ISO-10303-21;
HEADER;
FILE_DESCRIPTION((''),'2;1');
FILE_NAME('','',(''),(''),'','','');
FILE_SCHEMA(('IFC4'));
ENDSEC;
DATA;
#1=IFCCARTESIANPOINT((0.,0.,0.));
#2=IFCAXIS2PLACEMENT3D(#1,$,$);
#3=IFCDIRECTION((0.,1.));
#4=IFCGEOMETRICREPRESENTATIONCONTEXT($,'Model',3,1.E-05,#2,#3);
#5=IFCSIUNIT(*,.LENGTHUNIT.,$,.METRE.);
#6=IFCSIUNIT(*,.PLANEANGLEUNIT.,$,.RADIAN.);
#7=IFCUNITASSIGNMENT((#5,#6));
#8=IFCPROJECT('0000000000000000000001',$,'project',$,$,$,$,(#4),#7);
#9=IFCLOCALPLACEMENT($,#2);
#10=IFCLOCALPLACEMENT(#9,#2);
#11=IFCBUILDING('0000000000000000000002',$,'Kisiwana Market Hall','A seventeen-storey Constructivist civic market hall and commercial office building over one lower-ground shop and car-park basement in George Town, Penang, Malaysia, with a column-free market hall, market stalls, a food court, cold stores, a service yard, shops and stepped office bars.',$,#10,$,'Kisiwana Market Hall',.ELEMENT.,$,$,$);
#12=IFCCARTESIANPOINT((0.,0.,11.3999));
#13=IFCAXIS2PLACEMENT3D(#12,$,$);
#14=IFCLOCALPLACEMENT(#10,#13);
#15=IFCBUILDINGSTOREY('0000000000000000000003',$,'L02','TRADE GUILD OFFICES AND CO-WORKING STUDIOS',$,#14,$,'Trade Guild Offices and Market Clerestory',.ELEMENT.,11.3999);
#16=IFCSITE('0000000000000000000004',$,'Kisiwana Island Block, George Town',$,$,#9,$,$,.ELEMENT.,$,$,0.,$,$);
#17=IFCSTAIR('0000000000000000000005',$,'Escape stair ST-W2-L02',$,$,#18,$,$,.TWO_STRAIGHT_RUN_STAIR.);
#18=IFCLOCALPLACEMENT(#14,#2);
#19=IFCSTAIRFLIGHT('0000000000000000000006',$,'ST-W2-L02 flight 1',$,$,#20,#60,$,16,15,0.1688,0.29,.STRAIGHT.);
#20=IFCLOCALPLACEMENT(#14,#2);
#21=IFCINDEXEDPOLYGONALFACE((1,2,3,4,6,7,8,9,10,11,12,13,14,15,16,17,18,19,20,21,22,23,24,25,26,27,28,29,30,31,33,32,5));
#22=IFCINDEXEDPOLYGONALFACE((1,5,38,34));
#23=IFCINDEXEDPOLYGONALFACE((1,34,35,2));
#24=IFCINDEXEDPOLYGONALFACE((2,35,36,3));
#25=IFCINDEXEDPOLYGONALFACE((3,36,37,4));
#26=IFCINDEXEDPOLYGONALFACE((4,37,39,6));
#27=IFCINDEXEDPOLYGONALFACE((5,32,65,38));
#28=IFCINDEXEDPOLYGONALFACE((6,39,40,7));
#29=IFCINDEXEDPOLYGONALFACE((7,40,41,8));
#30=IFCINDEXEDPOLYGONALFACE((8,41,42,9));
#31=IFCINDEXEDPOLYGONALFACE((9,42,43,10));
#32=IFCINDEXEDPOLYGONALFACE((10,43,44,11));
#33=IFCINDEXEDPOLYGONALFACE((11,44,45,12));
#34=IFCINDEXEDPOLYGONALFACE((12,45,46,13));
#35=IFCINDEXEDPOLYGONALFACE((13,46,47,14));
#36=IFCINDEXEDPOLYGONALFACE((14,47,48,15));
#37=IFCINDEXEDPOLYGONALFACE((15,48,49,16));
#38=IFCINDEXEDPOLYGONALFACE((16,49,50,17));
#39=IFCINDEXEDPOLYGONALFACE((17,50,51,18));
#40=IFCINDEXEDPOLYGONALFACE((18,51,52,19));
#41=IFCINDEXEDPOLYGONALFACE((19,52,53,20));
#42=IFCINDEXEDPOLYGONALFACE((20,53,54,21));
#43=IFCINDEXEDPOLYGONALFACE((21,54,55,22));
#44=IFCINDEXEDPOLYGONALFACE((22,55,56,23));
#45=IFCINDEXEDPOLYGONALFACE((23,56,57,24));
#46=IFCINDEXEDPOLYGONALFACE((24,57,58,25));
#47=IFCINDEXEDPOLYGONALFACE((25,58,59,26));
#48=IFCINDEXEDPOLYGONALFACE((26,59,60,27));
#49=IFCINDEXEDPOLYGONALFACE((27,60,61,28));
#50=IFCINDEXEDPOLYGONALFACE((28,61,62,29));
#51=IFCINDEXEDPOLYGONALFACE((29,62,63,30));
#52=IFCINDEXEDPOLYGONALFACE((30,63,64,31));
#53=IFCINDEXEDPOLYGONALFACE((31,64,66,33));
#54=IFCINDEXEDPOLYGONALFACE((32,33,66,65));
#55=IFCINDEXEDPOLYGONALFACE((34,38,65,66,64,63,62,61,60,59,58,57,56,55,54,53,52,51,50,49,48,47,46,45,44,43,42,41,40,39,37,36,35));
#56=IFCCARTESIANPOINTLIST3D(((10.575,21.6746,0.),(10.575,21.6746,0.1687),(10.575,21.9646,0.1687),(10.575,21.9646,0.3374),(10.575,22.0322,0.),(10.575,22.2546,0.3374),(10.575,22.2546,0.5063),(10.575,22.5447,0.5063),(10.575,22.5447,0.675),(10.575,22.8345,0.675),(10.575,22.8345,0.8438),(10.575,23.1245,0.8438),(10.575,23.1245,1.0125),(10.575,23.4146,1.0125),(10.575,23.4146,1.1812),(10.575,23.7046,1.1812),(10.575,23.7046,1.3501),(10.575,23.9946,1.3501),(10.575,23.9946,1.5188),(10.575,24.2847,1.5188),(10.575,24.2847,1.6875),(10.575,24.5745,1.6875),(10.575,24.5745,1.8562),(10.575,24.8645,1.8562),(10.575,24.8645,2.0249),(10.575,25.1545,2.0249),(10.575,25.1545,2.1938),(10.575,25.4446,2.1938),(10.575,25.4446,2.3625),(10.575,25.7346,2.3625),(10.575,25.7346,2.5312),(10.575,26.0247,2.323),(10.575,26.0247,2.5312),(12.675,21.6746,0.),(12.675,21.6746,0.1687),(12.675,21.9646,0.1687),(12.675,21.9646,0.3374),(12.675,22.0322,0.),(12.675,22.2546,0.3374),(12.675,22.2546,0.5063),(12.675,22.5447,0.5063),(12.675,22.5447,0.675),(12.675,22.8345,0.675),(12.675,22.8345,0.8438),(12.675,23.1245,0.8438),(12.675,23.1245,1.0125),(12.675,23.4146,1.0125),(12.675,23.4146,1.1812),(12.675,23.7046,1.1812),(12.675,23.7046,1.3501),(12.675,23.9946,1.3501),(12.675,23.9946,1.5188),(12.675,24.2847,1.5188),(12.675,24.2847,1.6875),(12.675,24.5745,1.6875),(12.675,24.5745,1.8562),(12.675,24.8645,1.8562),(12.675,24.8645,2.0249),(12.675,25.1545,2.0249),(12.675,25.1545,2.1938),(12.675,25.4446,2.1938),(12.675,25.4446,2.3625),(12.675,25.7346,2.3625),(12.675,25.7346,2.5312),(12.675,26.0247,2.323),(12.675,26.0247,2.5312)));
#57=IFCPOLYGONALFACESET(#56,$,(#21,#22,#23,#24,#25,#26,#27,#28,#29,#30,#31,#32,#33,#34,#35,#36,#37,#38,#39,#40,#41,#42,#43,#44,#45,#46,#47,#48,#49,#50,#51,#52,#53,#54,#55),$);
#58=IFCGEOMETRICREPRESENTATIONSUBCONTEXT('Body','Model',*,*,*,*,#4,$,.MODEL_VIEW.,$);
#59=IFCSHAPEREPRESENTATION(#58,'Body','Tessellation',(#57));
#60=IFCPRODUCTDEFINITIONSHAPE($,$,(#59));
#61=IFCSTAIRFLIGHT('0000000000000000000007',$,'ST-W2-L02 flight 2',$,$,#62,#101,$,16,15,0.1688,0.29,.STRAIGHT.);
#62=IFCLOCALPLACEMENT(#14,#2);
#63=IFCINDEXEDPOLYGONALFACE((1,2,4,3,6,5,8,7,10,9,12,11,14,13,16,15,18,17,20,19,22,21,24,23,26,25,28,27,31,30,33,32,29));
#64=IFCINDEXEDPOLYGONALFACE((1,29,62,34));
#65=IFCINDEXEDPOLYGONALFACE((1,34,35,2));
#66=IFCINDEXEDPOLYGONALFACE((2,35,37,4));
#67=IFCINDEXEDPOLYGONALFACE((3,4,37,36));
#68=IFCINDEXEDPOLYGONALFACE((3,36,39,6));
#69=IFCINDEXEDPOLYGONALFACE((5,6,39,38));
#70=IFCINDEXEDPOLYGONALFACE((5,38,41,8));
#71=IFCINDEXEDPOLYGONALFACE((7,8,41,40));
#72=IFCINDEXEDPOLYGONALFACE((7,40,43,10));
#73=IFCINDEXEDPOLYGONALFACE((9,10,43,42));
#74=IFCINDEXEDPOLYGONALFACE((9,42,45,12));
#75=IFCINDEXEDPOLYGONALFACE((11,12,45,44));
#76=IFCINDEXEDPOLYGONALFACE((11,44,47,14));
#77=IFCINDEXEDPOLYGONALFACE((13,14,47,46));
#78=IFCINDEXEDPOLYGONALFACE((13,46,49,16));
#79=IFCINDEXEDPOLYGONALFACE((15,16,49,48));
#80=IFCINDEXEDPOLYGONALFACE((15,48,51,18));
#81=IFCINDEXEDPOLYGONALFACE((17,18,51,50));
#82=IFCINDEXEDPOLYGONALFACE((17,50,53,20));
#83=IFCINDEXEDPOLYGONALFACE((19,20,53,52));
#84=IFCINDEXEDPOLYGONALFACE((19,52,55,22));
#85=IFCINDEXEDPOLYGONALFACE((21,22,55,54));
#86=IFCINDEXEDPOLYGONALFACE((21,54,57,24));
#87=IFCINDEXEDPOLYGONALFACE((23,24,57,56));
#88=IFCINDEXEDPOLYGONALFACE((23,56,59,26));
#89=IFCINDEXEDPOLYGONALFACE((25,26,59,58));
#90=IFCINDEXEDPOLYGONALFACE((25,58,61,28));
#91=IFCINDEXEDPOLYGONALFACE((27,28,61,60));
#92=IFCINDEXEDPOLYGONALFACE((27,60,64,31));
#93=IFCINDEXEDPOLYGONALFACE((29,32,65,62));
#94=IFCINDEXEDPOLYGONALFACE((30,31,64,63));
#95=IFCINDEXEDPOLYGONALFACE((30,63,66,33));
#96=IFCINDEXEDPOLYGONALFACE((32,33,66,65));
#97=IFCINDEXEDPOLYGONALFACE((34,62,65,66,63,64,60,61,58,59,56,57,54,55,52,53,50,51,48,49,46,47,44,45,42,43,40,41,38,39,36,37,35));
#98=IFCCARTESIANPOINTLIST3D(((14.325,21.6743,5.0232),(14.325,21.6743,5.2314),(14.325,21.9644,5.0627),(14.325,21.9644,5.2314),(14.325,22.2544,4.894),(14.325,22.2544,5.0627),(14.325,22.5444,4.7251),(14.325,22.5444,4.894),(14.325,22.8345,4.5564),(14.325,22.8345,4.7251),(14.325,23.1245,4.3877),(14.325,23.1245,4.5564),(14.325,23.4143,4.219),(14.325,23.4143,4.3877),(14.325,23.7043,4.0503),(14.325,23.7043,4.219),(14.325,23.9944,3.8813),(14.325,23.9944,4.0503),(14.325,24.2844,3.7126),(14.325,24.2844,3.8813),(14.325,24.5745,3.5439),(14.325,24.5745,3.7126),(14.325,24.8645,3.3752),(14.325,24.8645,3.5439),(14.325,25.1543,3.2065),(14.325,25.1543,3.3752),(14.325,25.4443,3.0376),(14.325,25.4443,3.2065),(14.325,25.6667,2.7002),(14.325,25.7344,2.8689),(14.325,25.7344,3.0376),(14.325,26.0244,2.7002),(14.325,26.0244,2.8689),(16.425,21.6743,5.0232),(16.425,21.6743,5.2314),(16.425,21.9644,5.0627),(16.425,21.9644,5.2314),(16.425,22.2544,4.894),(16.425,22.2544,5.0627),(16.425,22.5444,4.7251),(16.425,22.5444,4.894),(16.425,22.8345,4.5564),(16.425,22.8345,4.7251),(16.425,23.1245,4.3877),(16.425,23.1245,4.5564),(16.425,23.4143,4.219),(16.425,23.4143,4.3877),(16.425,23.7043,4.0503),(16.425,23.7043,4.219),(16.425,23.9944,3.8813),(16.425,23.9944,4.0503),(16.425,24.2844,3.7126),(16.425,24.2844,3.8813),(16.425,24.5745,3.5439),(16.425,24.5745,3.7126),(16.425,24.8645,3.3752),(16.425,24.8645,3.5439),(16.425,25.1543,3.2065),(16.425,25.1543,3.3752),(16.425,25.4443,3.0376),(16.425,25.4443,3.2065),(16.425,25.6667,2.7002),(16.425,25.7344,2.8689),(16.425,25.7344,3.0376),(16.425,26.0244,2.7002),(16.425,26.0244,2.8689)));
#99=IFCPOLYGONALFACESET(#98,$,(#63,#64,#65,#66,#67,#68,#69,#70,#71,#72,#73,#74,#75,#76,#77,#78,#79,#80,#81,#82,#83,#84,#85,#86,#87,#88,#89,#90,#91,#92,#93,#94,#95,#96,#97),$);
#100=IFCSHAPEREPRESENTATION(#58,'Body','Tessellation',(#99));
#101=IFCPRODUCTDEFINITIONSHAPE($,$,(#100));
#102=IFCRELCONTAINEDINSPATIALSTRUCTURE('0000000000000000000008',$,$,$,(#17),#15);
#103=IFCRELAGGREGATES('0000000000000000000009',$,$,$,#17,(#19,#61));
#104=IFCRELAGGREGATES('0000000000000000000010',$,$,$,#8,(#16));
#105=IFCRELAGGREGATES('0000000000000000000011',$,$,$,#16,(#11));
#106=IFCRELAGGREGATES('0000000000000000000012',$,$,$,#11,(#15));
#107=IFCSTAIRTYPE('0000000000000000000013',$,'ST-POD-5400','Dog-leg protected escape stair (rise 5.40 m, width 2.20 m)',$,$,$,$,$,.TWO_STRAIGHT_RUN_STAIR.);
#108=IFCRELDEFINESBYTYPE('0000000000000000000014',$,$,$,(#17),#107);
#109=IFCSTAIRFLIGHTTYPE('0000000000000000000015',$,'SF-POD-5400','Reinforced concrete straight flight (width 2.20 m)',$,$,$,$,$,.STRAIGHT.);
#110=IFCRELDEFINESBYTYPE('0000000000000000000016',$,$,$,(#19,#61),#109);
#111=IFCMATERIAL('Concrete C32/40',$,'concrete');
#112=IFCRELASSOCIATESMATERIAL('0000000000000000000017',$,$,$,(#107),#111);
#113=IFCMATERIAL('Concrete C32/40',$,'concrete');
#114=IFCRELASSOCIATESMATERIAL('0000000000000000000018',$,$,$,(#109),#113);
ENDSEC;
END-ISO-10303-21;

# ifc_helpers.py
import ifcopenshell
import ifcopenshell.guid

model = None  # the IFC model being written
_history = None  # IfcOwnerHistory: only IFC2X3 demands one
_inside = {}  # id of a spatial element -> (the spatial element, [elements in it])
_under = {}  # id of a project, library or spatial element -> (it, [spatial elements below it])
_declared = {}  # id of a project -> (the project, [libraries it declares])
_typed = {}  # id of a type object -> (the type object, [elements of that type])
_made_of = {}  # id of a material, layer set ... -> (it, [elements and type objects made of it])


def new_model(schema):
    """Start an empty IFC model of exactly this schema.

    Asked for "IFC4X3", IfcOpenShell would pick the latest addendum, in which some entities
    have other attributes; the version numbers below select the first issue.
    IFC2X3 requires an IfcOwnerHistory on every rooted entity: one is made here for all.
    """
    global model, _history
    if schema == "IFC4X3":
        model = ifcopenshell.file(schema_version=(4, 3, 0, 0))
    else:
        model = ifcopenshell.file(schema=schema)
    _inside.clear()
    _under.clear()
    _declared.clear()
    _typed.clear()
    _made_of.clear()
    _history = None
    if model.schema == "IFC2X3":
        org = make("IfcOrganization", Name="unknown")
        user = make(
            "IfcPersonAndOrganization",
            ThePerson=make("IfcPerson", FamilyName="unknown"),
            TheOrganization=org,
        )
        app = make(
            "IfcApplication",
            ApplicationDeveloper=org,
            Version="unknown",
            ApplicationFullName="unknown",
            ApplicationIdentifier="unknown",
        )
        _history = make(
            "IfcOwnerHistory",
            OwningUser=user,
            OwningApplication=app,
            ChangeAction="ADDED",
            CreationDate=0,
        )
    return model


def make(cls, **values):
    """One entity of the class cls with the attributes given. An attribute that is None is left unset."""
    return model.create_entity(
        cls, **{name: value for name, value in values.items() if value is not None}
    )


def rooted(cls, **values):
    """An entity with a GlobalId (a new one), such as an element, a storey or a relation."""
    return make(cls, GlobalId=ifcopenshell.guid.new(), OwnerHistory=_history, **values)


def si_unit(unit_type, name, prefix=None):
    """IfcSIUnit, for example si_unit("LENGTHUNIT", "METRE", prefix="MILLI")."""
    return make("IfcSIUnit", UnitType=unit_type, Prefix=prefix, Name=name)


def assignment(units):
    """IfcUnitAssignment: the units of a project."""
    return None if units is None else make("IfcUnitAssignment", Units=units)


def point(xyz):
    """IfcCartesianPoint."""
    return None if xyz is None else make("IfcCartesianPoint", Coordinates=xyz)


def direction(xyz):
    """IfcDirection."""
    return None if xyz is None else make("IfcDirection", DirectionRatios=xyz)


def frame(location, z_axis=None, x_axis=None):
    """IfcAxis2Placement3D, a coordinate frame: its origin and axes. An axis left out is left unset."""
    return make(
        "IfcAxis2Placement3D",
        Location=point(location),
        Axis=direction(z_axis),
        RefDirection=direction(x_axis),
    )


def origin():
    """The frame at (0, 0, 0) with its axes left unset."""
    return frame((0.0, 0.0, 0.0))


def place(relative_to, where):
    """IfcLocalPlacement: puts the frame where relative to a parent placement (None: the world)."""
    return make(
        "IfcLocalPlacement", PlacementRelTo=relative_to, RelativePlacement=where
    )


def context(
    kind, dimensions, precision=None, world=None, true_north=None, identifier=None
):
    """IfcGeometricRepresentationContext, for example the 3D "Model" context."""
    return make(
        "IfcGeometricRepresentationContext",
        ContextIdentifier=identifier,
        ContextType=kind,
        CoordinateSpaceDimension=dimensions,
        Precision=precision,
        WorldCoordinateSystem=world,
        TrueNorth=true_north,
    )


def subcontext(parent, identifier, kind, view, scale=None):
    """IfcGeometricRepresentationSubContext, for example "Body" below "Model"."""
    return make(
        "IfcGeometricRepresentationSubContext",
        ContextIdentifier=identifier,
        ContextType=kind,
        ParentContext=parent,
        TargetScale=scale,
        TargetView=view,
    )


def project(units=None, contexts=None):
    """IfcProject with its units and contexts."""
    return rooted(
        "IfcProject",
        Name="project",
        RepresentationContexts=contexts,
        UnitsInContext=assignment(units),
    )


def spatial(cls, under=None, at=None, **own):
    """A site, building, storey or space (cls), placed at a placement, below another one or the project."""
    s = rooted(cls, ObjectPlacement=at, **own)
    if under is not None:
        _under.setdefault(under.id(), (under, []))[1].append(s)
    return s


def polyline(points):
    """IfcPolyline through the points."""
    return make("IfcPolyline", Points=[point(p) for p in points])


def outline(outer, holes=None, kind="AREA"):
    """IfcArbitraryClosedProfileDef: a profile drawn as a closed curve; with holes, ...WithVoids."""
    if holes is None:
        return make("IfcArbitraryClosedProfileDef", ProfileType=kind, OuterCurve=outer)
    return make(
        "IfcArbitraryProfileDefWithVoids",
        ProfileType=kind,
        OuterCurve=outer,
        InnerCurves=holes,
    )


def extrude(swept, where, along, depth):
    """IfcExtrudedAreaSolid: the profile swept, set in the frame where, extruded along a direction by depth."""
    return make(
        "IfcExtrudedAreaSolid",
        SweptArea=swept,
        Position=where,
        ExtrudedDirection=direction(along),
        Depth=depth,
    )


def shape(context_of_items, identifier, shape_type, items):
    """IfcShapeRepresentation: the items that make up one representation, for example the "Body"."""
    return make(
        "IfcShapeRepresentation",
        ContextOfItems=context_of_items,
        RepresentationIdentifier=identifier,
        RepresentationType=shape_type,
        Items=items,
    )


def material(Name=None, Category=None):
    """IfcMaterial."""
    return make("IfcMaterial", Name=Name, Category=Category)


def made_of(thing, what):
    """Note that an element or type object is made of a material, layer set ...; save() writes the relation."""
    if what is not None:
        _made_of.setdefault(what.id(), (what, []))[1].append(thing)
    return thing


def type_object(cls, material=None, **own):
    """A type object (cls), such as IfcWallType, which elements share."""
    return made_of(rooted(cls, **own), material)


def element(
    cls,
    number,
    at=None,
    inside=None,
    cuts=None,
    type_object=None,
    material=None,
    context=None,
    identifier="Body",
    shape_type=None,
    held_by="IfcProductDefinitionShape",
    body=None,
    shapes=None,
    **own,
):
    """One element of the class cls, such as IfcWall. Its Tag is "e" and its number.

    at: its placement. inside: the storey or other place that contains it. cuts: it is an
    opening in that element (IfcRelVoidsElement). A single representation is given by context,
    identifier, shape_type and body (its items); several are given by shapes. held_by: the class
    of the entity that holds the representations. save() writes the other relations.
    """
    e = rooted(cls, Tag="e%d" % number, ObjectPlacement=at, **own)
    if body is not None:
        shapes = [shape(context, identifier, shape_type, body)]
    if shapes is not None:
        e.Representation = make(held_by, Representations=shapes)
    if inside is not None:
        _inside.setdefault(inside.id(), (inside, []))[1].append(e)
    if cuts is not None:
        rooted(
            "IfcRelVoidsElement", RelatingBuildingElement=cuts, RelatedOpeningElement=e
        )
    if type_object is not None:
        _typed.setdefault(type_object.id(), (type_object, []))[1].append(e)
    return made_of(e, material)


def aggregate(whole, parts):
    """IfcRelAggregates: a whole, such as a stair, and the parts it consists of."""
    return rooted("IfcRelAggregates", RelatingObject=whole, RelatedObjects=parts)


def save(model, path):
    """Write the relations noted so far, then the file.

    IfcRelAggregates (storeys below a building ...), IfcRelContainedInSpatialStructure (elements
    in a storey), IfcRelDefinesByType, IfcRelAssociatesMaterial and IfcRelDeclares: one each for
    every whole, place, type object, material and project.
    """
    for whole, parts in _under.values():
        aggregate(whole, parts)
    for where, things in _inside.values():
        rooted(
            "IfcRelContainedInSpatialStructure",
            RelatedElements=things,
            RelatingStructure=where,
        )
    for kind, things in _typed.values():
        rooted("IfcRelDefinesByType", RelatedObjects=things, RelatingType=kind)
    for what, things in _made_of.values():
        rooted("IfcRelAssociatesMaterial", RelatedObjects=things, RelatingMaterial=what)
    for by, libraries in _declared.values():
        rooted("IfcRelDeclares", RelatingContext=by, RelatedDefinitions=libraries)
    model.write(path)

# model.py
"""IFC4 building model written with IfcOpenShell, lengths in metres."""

from ifc_helpers import new_model, si_unit, direction, frame, origin, place, context, subcontext, project, spatial, polyline, outline, extrude, material, type_object, element, aggregate, save


model = new_model("IFC4")

# Units and contexts
model_context = context("Model", 3, precision=1e-05, world=origin(), true_north=direction((0.0, 1.0)))
body_context = subcontext(model_context, "Body", "Model", "MODEL_VIEW")
ifc_project = project(units=[si_unit("LENGTHUNIT", "METRE"), si_unit("PLANEANGLEUNIT", "RADIAN")], contexts=[model_context])

# Site, building, storey
site_placement = place(None, origin())
site = spatial("IfcSite", under=ifc_project, at=site_placement, Name="Kisiwana Island Block, George Town", CompositionType="ELEMENT", RefElevation=0.0)
building_placement = place(site_placement, origin())
building = spatial("IfcBuilding", under=site, at=building_placement, Name="Kisiwana Market Hall", Description="A seventeen-storey Constructivist civic market hall and commercial office building over one lower-ground shop and car-park basement in George Town, Penang, Malaysia, with a column-free market hall, market stalls, a food court, cold stores, a service yard, shops and stepped office bars.", LongName="Kisiwana Market Hall", CompositionType="ELEMENT")
storey_placement = place(building_placement, frame((0.0, 0.0, 11.3999)))
storey = spatial("IfcBuildingStorey", under=building, at=storey_placement, Name="L02", Description="TRADE GUILD OFFICES AND CO-WORKING STUDIOS", LongName="Trade Guild Offices and Market Clerestory", CompositionType="ELEMENT", Elevation=11.3999)

# Stair, stair flights
ifc_material_1 = material(Name="Concrete C32/40", Category="concrete")
stair_type = type_object("IfcStairType", Name="ST-POD-5400", Description="Dog-leg protected escape stair (rise 5.40 m, width 2.20 m)", PredefinedType="TWO_STRAIGHT_RUN_STAIR", material=ifc_material_1)
stair_placement = place(storey_placement, origin())
stair = element("IfcStair", 1, at=stair_placement, inside=storey, type_object=stair_type, Name="Escape stair ST-W2-L02", PredefinedType="TWO_STRAIGHT_RUN_STAIR")
ifc_material_2 = material(Name="Concrete C32/40", Category="concrete")
stair_flight_type = type_object("IfcStairFlightType", Name="SF-POD-5400", Description="Reinforced concrete straight flight (width 2.20 m)", PredefinedType="STRAIGHT", material=ifc_material_2)
stair_flight_1_placement = place(storey_placement, frame((11.625, 21.6746, 0.0), z_axis=(0.0, 0.0, 1.0), x_axis=(0.0, 1.0, 0.0)))
stair_flight_1 = element("IfcStairFlight", 2, at=stair_flight_1_placement, type_object=stair_flight_type, Name="ST-W2-L02 flight 1", NumberOfRisers=16, NumberOfTreads=15, PredefinedType="STRAIGHT", RiserHeight=0.1688, TreadLength=0.29, context=body_context, shape_type="SweptSolid", body=[
    extrude(outline(polyline([(0.0, 0.0), (0.0, 0.1687), (0.29, 0.1687), (0.29, 0.3374), (0.5801, 0.3374), (0.5801, 0.5063), (0.8701, 0.5063), (0.8701, 0.675), (1.1599, 0.675), (1.1599, 0.8438), (1.45, 0.8438), (1.45, 1.0125), (1.74, 1.0125), (1.74, 1.1812), (2.03, 1.1812), (2.03, 1.3501), (2.3201, 1.3501), (2.3201, 1.5188), (2.6101, 1.5188), (2.6101, 1.6875), (2.8999, 1.6875), (2.8999, 1.8562), (3.1899, 1.8562), (3.1899, 2.0249), (3.48, 2.0249), (3.48, 2.1938), (3.77, 2.1938), (3.77, 2.3625), (4.0601, 2.3625), (4.0601, 2.5312), (4.3501, 2.5312), (4.3501, 2.7), (4.3501, 2.323), (0.3577, 0.0), (0.0, 0.0)])), frame((0.0, 1.05, 0.0), z_axis=(0.0, -1.0, 0.0), x_axis=(1.0, 0.0, 0.0)), (0.0, 0.0, 1.0), 2.1001),
])
stair_flight_2_placement = place(storey_placement, frame((15.375, 26.0244, 2.7002), z_axis=(0.0, 0.0, 1.0), x_axis=(0.0, -1.0, 0.0)))
stair_flight_2 = element("IfcStairFlight", 3, at=stair_flight_2_placement, type_object=stair_flight_type, Name="ST-W2-L02 flight 2", NumberOfRisers=16, NumberOfTreads=15, PredefinedType="STRAIGHT", RiserHeight=0.1688, TreadLength=0.29, context=body_context, shape_type="SweptSolid", body=[
    extrude(outline(polyline([(0.0, 0.0), (0.0, 0.1687), (0.29, 0.1687), (0.29, 0.3374), (0.5801, 0.3374), (0.5801, 0.5063), (0.8701, 0.5063), (0.8701, 0.675), (1.1599, 0.675), (1.1599, 0.8438), (1.45, 0.8438), (1.45, 1.0125), (1.74, 1.0125), (1.74, 1.1812), (2.03, 1.1812), (2.03, 1.3501), (2.3201, 1.3501), (2.3201, 1.5188), (2.6101, 1.5188), (2.6101, 1.6875), (2.8999, 1.6875), (2.8999, 1.8562), (3.1899, 1.8562), (3.1899, 2.0249), (3.48, 2.0249), (3.48, 2.1938), (3.77, 2.1938), (3.77, 2.3625), (4.0601, 2.3625), (4.0601, 2.5312), (4.3501, 2.5312), (4.3501, 2.7), (4.3501, 2.323), (0.3577, 0.0), (0.0, 0.0)])), frame((0.0, 1.05, 0.0), z_axis=(0.0, -1.0, 0.0), x_axis=(1.0, 0.0, 0.0)), (0.0, 0.0, 1.0), 2.1001),
])
aggregate(stair, [stair_flight_1, stair_flight_2])

save(model, "model.ifc")
